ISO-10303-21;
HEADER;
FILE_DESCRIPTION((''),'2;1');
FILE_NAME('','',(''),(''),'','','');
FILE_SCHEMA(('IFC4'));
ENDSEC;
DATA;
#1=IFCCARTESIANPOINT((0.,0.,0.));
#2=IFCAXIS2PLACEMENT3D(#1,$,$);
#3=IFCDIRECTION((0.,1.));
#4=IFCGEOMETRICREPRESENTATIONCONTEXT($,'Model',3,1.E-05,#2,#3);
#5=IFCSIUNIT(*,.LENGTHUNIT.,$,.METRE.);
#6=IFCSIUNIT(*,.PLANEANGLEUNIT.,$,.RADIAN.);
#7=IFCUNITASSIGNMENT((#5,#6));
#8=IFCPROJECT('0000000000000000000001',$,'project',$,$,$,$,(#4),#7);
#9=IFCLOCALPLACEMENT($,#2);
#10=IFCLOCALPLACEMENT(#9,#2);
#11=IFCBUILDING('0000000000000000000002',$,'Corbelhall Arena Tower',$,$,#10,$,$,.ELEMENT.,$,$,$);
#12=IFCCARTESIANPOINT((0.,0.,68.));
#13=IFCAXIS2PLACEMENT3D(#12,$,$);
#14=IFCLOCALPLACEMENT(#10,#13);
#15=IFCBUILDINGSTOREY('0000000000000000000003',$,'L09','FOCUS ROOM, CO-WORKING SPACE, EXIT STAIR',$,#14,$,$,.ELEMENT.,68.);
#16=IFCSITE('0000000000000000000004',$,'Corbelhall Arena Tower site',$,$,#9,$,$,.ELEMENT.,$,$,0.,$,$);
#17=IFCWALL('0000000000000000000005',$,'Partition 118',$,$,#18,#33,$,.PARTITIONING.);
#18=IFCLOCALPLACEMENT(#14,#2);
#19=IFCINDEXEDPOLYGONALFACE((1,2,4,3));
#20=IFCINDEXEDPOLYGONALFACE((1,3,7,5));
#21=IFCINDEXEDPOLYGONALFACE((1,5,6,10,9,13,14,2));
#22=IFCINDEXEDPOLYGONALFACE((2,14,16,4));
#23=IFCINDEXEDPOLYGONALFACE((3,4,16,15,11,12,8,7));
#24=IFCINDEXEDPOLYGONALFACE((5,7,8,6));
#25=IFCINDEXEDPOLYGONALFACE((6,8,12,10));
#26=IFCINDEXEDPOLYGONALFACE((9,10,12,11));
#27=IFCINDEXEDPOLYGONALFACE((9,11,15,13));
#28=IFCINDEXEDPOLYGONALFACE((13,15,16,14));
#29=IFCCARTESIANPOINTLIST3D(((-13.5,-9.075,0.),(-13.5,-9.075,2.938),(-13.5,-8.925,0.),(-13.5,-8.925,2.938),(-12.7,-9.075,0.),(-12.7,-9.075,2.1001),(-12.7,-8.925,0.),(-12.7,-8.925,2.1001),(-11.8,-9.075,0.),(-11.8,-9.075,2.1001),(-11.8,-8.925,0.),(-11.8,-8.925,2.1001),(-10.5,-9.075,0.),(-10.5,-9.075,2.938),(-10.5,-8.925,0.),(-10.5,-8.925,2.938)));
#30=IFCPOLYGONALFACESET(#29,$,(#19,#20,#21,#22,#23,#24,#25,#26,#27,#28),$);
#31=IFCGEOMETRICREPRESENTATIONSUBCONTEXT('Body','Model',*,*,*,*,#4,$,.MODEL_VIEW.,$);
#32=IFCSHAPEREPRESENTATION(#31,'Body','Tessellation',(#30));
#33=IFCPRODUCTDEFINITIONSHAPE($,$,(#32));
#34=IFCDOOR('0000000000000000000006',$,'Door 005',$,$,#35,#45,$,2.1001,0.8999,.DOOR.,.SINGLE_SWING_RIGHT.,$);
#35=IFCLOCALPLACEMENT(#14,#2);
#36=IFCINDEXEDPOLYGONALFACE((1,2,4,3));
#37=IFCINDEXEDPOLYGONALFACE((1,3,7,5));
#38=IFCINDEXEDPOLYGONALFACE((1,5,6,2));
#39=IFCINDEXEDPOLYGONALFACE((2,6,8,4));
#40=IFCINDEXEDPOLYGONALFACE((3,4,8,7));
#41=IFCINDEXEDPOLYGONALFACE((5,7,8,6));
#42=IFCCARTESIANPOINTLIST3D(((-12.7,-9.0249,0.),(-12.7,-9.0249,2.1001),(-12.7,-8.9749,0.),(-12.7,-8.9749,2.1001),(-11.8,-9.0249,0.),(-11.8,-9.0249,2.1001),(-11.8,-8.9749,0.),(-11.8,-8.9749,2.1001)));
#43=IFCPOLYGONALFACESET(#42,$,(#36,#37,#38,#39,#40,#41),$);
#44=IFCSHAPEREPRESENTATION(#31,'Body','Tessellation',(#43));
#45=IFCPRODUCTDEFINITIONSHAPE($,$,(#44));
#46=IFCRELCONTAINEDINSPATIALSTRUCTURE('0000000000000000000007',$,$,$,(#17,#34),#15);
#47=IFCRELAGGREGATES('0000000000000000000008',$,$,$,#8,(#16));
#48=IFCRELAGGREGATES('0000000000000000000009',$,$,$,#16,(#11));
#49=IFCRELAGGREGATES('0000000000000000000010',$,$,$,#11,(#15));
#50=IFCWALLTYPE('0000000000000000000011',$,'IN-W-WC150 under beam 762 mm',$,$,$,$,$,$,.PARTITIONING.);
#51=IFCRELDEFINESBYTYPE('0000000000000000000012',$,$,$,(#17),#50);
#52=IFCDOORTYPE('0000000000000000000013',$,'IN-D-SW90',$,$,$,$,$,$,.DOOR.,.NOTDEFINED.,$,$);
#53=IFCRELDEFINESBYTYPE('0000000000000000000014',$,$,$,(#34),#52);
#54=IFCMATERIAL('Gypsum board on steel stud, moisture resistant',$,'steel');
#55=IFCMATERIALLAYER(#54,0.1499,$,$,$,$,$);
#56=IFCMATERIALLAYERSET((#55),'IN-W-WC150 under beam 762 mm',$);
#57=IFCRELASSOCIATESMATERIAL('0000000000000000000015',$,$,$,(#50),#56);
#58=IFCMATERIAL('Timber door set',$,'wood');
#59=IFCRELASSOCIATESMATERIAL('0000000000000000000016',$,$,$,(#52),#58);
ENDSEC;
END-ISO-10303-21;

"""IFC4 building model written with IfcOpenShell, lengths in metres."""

from ifc_helpers import new_model, si_unit, direction, frame, frame_2d, origin, place, context, subcontext, project, spatial, rectangle, extrude, material, layer, layer_set, type_object, element, fill, save


model = new_model("IFC4")

# Units and contexts
model_context = context("Model", 3, precision=1e-05, world=origin(), true_north=direction((0.0, 1.0)))
body_context = subcontext(model_context, "Body", "Model", "MODEL_VIEW")
ifc_project = project(units=[si_unit("LENGTHUNIT", "METRE"), si_unit("PLANEANGLEUNIT", "RADIAN")], contexts=[model_context])

# Site, building, storey
site_placement = place(None, origin())
site = spatial("IfcSite", under=ifc_project, at=site_placement, Name="Corbelhall Arena Tower site", CompositionType="ELEMENT", RefElevation=0.0)
building_placement = place(site_placement, origin())
building = spatial("IfcBuilding", under=site, at=building_placement, Name="Corbelhall Arena Tower", CompositionType="ELEMENT")
storey_placement = place(building_placement, frame((0.0, 0.0, 68.0)))
storey = spatial("IfcBuildingStorey", under=building, at=storey_placement, Name="L09", Description="FOCUS ROOM, CO-WORKING SPACE, EXIT STAIR", CompositionType="ELEMENT", Elevation=68.0)

# Shared definitions
ifc_material_1 = material(Name="Gypsum board on steel stud, moisture resistant", Category="steel")
ifc_layer_1 = layer(ifc_material_1, 0.1499)
ifc_layer_set_1 = layer_set([ifc_layer_1], Name="IN-W-WC150 under beam 762 mm")
wall_type_1 = type_object("IfcWallType", Name="IN-W-WC150 under beam 762 mm", PredefinedType="PARTITIONING", material=ifc_layer_set_1)

# Wall, opening, door
wall_1_placement = place(storey_placement, frame((-10.5, -9.0, 0.0), z_axis=(0.0, 0.0, 1.0), x_axis=(-1.0, 0.0, 0.0)))
wall_1 = element("IfcWall", 1, at=wall_1_placement, inside=storey, type_object=wall_type_1, Name="Partition 118", PredefinedType="PARTITIONING", context=body_context, shape_type="SweptSolid", body=[
    extrude(rectangle(XDim=3.0, YDim=0.1499, at=frame_2d((1.5, 0.0))), origin(), (0.0, 0.0, 1.0), 2.938),
])
opening_1_placement = place(wall_1_placement, frame((1.3, 0.0, 0.0)))
opening_1 = element("IfcOpeningElement", 2, at=opening_1_placement, cuts=wall_1, PredefinedType="OPENING", context=body_context, shape_type="SweptSolid", body=[
    extrude(rectangle(XDim=0.8999, YDim=2.1001, at=frame_2d((0.45, 1.05))), frame((0.0, 0.075, 0.0), z_axis=(0.0, -1.0, 0.0), x_axis=(1.0, 0.0, 0.0)), (0.0, 0.0, 1.0), 0.1499),
])
ifc_material_2 = material(Name="Timber door set", Category="wood")
door_type_1 = type_object("IfcDoorType", Name="IN-D-SW90", OperationType="NOTDEFINED", PredefinedType="DOOR", material=ifc_material_2)
door_1_placement = place(opening_1_placement, origin())
door_1 = element("IfcDoor", 3, at=door_1_placement, inside=storey, type_object=door_type_1, Name="Door 005", OperationType="SINGLE_SWING_RIGHT", OverallHeight=2.1001, OverallWidth=0.8999, PredefinedType="DOOR", context=body_context, shape_type="SweptSolid", body=[
    extrude(rectangle(XDim=0.8999, YDim=2.1001, at=frame_2d((0.45, 1.05))), frame((0.0, 0.0249, 0.0), z_axis=(0.0, -1.0, 0.0), x_axis=(1.0, 0.0, 0.0)), (0.0, 0.0, 1.0), 0.05),
])
fill(opening_1, door_1)

save(model, "model.ifc")
